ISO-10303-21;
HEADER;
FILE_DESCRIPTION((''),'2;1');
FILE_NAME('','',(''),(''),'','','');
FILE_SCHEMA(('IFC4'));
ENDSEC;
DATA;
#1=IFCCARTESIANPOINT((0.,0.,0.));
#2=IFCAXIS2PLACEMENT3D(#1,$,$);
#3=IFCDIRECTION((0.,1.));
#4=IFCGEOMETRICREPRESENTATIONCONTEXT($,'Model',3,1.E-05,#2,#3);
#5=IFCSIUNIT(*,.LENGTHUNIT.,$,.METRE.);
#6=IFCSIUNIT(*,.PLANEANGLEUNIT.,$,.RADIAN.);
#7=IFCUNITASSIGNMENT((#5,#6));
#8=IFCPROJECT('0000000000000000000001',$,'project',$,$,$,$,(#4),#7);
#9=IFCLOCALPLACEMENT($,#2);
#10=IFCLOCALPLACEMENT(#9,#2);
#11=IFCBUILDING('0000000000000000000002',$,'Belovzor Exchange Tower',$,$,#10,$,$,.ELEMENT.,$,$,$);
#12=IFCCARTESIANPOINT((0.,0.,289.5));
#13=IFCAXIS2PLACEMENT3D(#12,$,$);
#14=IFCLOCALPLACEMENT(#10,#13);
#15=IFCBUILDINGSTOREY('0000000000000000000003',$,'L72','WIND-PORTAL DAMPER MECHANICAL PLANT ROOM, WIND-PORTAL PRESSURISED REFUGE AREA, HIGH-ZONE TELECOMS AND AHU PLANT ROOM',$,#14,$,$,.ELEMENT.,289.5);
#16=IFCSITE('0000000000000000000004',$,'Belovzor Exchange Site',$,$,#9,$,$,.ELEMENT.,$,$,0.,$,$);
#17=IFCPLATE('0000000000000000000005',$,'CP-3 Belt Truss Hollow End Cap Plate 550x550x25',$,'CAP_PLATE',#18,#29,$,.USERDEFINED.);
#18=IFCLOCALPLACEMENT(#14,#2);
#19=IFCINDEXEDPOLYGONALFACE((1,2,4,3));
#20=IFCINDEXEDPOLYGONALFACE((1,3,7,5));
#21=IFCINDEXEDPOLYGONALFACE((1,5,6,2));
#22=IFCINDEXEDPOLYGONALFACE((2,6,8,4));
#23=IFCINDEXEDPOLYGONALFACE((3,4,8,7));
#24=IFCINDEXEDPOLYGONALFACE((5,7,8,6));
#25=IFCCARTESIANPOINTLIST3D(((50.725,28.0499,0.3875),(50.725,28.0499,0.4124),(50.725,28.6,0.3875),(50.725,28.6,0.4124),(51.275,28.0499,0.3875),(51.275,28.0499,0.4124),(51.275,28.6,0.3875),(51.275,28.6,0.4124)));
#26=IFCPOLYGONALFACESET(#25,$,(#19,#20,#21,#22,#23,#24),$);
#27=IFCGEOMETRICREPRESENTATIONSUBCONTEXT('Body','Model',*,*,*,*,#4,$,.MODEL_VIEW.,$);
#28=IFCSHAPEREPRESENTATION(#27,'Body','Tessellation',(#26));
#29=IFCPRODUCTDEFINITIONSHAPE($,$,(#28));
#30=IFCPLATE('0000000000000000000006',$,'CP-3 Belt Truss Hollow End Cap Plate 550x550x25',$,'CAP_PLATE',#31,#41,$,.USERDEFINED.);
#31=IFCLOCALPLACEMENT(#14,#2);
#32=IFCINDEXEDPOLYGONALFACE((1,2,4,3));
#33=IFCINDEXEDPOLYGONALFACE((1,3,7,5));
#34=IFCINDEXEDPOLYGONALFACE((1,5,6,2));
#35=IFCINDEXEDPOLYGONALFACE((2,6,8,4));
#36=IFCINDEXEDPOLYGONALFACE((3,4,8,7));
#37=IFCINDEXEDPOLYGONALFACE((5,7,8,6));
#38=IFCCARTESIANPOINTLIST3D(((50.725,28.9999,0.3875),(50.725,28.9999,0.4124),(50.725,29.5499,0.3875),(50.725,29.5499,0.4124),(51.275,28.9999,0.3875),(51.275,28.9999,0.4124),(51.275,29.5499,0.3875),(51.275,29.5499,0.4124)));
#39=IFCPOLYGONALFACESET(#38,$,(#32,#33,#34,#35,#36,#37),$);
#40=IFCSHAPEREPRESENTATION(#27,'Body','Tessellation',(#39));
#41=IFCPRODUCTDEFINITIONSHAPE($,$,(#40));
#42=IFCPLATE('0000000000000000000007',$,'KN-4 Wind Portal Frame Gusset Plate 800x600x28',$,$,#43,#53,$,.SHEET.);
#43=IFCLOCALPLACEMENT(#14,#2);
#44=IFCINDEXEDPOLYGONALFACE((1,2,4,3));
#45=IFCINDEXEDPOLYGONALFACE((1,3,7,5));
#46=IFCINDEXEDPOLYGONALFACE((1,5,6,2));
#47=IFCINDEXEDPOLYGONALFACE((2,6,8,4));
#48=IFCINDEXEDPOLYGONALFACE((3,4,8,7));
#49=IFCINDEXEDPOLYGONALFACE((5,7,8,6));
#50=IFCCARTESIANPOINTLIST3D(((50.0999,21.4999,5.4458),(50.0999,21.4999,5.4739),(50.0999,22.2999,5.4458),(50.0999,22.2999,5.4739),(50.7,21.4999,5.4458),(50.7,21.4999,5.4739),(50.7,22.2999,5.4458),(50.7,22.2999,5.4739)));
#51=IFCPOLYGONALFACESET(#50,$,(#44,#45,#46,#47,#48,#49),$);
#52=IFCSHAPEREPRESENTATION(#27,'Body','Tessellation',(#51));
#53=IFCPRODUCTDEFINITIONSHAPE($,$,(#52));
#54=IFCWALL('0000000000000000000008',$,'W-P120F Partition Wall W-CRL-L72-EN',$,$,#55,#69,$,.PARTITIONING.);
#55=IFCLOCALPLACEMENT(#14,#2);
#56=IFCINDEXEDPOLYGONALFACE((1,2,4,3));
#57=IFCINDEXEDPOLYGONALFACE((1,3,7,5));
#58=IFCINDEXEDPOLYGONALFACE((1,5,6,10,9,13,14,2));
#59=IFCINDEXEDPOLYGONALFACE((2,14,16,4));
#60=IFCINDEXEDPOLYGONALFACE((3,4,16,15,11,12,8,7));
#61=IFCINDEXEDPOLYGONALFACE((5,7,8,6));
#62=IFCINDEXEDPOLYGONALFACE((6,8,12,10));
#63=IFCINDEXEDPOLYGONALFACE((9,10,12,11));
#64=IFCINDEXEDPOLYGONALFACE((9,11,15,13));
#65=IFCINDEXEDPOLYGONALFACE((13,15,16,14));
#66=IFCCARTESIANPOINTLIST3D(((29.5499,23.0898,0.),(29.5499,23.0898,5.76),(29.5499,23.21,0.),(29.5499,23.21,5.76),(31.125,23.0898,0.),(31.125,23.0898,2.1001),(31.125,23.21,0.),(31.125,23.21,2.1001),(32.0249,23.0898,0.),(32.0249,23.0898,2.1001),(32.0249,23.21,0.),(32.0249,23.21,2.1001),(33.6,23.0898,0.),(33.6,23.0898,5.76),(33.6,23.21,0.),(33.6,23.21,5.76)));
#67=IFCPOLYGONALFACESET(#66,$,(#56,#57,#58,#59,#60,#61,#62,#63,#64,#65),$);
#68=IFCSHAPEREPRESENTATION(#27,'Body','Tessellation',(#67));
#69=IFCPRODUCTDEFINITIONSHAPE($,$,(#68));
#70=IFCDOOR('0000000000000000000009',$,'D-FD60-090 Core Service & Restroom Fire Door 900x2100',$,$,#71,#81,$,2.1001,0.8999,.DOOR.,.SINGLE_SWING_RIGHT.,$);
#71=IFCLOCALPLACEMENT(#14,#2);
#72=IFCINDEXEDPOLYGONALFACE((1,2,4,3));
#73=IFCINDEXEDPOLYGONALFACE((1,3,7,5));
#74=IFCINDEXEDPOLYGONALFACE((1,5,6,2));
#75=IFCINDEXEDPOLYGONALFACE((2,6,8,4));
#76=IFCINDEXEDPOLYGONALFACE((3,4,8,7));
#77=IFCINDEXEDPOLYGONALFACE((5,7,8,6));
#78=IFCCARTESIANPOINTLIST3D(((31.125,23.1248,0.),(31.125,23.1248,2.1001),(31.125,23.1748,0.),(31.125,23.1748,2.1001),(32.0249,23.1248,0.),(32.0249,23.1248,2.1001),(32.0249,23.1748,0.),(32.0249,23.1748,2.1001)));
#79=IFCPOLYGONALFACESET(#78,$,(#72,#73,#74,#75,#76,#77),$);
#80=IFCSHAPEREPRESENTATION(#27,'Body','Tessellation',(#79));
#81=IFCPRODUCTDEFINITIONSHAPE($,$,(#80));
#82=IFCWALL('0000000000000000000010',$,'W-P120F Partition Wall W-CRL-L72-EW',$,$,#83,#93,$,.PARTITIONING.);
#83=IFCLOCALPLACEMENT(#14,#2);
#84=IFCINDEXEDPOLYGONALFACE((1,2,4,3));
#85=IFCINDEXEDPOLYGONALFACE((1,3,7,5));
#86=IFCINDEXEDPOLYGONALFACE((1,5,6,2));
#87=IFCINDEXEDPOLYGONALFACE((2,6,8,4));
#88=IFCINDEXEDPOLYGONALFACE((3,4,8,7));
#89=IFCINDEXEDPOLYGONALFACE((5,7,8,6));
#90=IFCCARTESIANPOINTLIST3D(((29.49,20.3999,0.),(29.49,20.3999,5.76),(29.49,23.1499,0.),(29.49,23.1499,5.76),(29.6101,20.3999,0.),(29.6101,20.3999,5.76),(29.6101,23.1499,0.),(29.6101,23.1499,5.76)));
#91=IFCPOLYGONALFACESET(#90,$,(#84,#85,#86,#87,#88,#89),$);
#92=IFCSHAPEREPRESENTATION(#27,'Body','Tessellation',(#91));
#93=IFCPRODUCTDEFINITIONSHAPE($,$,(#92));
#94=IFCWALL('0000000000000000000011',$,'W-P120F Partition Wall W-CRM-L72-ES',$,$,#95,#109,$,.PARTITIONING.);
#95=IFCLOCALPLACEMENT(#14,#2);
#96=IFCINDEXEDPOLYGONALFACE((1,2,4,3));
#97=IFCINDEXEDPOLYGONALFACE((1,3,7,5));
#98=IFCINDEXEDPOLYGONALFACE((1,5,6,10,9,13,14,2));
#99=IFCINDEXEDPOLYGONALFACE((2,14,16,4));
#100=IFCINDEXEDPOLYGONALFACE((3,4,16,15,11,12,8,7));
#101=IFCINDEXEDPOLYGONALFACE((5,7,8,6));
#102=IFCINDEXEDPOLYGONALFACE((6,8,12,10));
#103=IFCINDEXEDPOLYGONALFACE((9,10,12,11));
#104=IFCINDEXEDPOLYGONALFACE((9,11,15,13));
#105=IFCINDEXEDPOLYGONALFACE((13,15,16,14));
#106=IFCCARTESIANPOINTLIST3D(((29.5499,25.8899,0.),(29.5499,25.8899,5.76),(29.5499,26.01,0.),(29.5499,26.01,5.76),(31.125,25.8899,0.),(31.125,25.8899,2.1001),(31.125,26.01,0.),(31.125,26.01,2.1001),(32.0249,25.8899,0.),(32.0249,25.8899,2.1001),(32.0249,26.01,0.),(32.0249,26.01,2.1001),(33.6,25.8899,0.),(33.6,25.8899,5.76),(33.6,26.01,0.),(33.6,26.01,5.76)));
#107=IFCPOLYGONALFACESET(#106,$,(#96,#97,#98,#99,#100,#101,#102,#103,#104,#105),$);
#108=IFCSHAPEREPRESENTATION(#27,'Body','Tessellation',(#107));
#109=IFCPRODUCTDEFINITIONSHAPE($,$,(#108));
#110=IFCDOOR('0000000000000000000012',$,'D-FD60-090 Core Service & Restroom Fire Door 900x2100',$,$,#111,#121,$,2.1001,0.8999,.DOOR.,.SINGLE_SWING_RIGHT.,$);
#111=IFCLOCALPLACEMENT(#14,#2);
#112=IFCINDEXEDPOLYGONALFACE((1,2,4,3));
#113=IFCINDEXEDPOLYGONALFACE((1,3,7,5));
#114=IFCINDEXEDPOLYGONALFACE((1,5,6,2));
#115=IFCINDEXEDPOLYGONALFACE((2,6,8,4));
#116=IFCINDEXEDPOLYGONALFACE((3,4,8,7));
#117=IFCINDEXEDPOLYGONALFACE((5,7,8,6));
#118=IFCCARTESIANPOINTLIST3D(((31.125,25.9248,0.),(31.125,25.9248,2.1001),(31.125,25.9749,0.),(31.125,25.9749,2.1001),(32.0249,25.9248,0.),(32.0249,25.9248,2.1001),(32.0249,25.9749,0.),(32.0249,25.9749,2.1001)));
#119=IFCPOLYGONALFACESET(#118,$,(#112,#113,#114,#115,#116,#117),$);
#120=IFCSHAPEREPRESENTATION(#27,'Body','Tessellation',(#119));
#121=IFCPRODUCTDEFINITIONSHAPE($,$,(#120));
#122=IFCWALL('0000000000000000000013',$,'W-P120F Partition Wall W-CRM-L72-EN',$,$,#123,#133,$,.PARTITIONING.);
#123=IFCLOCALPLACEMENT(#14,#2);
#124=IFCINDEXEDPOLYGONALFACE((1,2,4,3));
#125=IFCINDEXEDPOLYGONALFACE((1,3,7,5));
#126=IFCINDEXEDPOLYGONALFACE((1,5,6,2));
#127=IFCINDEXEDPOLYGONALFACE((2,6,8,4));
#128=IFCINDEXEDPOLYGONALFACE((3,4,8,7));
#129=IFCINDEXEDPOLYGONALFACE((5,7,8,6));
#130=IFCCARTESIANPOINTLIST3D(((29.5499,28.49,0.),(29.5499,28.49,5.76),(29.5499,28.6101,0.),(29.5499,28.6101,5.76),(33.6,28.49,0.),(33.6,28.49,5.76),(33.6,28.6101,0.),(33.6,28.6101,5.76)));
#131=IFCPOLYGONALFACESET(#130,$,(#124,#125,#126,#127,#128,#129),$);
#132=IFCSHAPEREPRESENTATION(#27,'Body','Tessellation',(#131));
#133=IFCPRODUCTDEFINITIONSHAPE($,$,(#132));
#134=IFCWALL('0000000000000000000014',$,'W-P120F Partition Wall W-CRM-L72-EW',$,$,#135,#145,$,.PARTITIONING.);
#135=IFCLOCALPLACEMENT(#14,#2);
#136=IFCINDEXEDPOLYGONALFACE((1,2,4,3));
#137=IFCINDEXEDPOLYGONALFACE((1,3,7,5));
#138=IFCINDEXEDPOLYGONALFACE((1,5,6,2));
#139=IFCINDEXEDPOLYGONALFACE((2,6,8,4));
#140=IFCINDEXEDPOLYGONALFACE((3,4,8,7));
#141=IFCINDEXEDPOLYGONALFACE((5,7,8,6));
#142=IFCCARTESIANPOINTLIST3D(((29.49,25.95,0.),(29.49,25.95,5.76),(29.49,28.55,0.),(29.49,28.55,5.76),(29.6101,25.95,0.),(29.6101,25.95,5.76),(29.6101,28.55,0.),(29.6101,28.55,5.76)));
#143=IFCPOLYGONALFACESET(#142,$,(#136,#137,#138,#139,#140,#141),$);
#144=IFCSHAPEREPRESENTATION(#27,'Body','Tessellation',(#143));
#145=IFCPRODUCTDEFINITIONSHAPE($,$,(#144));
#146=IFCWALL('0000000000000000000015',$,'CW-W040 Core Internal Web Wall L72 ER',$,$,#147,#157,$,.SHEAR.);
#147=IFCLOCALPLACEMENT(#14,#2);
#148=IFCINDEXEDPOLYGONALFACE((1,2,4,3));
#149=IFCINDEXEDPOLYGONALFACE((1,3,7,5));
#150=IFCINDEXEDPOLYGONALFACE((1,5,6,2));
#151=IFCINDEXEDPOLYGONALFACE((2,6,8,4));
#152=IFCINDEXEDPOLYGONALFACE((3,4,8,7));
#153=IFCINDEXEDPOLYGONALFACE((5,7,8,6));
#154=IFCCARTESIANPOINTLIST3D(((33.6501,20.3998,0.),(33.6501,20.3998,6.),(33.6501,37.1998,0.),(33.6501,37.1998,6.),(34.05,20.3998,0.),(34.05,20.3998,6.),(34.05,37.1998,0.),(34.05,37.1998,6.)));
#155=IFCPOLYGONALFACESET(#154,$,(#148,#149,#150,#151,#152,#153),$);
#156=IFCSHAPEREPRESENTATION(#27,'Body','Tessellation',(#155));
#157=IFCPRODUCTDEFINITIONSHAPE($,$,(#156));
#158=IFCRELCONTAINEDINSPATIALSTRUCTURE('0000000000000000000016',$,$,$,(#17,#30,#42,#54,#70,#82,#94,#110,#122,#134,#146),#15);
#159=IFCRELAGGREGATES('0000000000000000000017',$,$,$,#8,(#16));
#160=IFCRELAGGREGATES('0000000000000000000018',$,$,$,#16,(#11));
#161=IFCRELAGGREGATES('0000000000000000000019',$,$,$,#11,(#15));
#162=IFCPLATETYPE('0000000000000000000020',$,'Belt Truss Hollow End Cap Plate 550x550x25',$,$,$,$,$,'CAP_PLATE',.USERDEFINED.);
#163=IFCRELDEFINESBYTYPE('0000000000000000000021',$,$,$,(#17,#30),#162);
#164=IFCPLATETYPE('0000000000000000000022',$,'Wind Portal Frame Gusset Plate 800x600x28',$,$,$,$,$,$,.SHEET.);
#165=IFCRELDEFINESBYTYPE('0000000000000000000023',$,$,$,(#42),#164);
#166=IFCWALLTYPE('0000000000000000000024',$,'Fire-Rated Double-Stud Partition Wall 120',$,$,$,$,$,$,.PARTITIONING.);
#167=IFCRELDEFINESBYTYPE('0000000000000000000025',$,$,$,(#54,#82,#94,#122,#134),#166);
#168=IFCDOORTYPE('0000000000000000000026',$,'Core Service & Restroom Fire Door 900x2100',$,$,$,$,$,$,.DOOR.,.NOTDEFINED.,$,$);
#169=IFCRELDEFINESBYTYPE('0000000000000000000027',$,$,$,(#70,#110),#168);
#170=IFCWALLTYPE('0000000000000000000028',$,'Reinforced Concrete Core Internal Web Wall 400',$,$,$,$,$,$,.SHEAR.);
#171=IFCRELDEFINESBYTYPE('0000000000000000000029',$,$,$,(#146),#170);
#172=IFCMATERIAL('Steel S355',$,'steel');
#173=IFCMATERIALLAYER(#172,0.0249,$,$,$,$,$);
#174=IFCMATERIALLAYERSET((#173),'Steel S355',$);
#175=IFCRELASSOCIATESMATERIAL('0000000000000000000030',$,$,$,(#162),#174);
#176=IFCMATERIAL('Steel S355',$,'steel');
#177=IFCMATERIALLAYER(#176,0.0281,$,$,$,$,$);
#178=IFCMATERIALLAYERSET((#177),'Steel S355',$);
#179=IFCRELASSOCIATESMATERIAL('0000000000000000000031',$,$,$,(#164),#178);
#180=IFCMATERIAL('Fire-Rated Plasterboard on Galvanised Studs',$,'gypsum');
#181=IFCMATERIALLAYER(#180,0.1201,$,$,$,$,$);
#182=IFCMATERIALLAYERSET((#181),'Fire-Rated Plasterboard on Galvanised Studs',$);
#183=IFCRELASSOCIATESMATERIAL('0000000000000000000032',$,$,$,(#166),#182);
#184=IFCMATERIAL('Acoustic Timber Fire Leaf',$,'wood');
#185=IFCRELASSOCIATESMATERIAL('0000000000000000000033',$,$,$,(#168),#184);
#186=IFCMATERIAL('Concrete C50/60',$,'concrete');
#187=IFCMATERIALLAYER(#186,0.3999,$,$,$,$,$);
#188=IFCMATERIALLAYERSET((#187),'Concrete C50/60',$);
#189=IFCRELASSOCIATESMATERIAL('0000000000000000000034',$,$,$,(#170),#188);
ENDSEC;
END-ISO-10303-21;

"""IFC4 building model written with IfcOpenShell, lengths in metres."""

from ifc_helpers import new_model, si_unit, direction, frame, frame_2d, origin, origin_2d, place, context, subcontext, project, spatial, rectangle, extrude, material, layer, layer_set, type_object, element, fill, save


model = new_model("IFC4")

# Units and contexts
model_context = context("Model", 3, precision=1e-05, world=origin(), true_north=direction((0.0, 1.0)))
body_context = subcontext(model_context, "Body", "Model", "MODEL_VIEW")
ifc_project = project(units=[si_unit("LENGTHUNIT", "METRE"), si_unit("PLANEANGLEUNIT", "RADIAN")], contexts=[model_context])

# Site, building, storey
site_placement = place(None, origin())
site = spatial("IfcSite", under=ifc_project, at=site_placement, Name="Belovzor Exchange Site", CompositionType="ELEMENT", RefElevation=0.0)
building_placement = place(site_placement, origin())
building = spatial("IfcBuilding", under=site, at=building_placement, Name="Belovzor Exchange Tower", CompositionType="ELEMENT")
storey_placement = place(building_placement, frame((0.0, 0.0, 289.5)))
storey = spatial("IfcBuildingStorey", under=building, at=storey_placement, Name="L72", Description="WIND-PORTAL DAMPER MECHANICAL PLANT ROOM, WIND-PORTAL PRESSURISED REFUGE AREA, HIGH-ZONE TELECOMS AND AHU PLANT ROOM", CompositionType="ELEMENT", Elevation=289.5)

# Plates
ifc_material_1 = material(Name="Steel S355", Category="steel")
ifc_layer_1 = layer(ifc_material_1, 0.0249)
ifc_layer_set_1 = layer_set([ifc_layer_1], Name="Steel S355")
plate_type_1 = type_object("IfcPlateType", Name="Belt Truss Hollow End Cap Plate 550x550x25", ElementType="CAP_PLATE", PredefinedType="USERDEFINED", material=ifc_layer_set_1)
for number, where, z_axis, x_axis, name in (
    (1, (51.0, 28.325, 0.3875), (0.0, 0.0, 1.0), (0.0, 1.0, 0.0), "CP-3 Belt Truss Hollow End Cap Plate 550x550x25"),
    (2, (51.0, 29.2749, 0.3875), (0.0, 0.0, 1.0), (0.0, 1.0, 0.0), "CP-3 Belt Truss Hollow End Cap Plate 550x550x25"),
):
    element("IfcPlate", number, at=place(storey_placement, frame(where, z_axis=z_axis, x_axis=x_axis)), inside=storey, type_object=plate_type_1, Name=name, ObjectType="CAP_PLATE", PredefinedType="USERDEFINED", context=body_context, shape_type="SweptSolid", body=[
        extrude(rectangle(XDim=0.55, YDim=0.55, at=origin_2d()), origin(), (0.0, 0.0, 1.0), 0.0249),
    ])
ifc_material_2 = material(Name="Steel S355", Category="steel")
ifc_layer_2 = layer(ifc_material_2, 0.0281)
ifc_layer_set_2 = layer_set([ifc_layer_2], Name="Steel S355")
plate_type_2 = type_object("IfcPlateType", Name="Wind Portal Frame Gusset Plate 800x600x28", PredefinedType="SHEET", material=ifc_layer_set_2)
plate_placement = place(storey_placement, frame((50.3999, 21.8999, 5.4458), z_axis=(0.0, 0.0, 1.0), x_axis=(0.0, 1.0, 0.0)))
element("IfcPlate", 3, at=plate_placement, inside=storey, type_object=plate_type_2, Name="KN-4 Wind Portal Frame Gusset Plate 800x600x28", PredefinedType="SHEET", context=body_context, shape_type="SweptSolid", body=[
    extrude(rectangle(XDim=0.8, YDim=0.6001, at=origin_2d()), origin(), (0.0, 0.0, 1.0), 0.0281),
])

# Wall, opening, door
ifc_material_3 = material(Name="Fire-Rated Plasterboard on Galvanised Studs", Category="gypsum")
ifc_layer_3 = layer(ifc_material_3, 0.1201)
ifc_layer_set_3 = layer_set([ifc_layer_3], Name="Fire-Rated Plasterboard on Galvanised Studs")
wall_type_1 = type_object("IfcWallType", Name="Fire-Rated Double-Stud Partition Wall 120", PredefinedType="PARTITIONING", material=ifc_layer_set_3)
wall_1_placement = place(storey_placement, frame((29.55, 23.1499, 0.0), z_axis=(0.0, 0.0, 1.0), x_axis=(1.0, 0.0, 0.0)))
wall_1 = element("IfcWall", 4, at=wall_1_placement, inside=storey, type_object=wall_type_1, Name="W-P120F Partition Wall W-CRL-L72-EN", PredefinedType="PARTITIONING", context=body_context, shape_type="SweptSolid", body=[
    extrude(rectangle(XDim=4.05, YDim=0.1201, at=frame_2d((2.0249, 0.0))), origin(), (0.0, 0.0, 1.0), 5.76),
])
opening_1_placement = place(wall_1_placement, frame((1.575, 0.0, 0.0)))
opening_1 = element("IfcOpeningElement", 5, at=opening_1_placement, cuts=wall_1, PredefinedType="OPENING", context=body_context, shape_type="SweptSolid", body=[
    extrude(rectangle(XDim=0.8999, YDim=2.1001, at=frame_2d((0.45, 1.05))), frame((0.0, 0.0701, 0.0), z_axis=(0.0, -1.0, 0.0), x_axis=(1.0, 0.0, 0.0)), (0.0, 0.0, 1.0), 0.1401),
])
ifc_material_4 = material(Name="Acoustic Timber Fire Leaf", Category="wood")
door_type_1 = type_object("IfcDoorType", Name="Core Service & Restroom Fire Door 900x2100", OperationType="NOTDEFINED", PredefinedType="DOOR", material=ifc_material_4)
door_1_placement = place(opening_1_placement, origin())
door_1 = element("IfcDoor", 6, at=door_1_placement, inside=storey, type_object=door_type_1, Name="D-FD60-090 Core Service & Restroom Fire Door 900x2100", OperationType="SINGLE_SWING_RIGHT", OverallHeight=2.1001, OverallWidth=0.8999, PredefinedType="DOOR", context=body_context, shape_type="SweptSolid", body=[
    extrude(rectangle(XDim=0.8999, YDim=2.1001, at=frame_2d((0.45, 1.05))), frame((0.0, 0.0249, 0.0), z_axis=(0.0, -1.0, 0.0), x_axis=(1.0, 0.0, 0.0)), (0.0, 0.0, 1.0), 0.05),
])
fill(opening_1, door_1)

# Wall
wall_2_placement = place(storey_placement, frame((29.55, 20.3999, 0.0), z_axis=(0.0, 0.0, 1.0), x_axis=(0.0, 1.0, 0.0)))
element("IfcWall", 7, at=wall_2_placement, inside=storey, type_object=wall_type_1, Name="W-P120F Partition Wall W-CRL-L72-EW", PredefinedType="PARTITIONING", context=body_context, shape_type="SweptSolid", body=[
    extrude(rectangle(XDim=2.75, YDim=0.1201, at=frame_2d((1.375, 0.0))), origin(), (0.0, 0.0, 1.0), 5.76),
])

# Wall, opening, door
wall_3_placement = place(storey_placement, frame((29.55, 25.95, 0.0), z_axis=(0.0, 0.0, 1.0), x_axis=(1.0, 0.0, 0.0)))
wall_3 = element("IfcWall", 8, at=wall_3_placement, inside=storey, type_object=wall_type_1, Name="W-P120F Partition Wall W-CRM-L72-ES", PredefinedType="PARTITIONING", context=body_context, shape_type="SweptSolid", body=[
    extrude(rectangle(XDim=4.05, YDim=0.1201, at=frame_2d((2.0249, 0.0))), origin(), (0.0, 0.0, 1.0), 5.76),
])
opening_2_placement = place(wall_3_placement, frame((1.575, 0.0, 0.0)))
opening_2 = element("IfcOpeningElement", 9, at=opening_2_placement, cuts=wall_3, PredefinedType="OPENING", context=body_context, shape_type="SweptSolid", body=[
    extrude(rectangle(XDim=0.8999, YDim=2.1001, at=frame_2d((0.45, 1.05))), frame((0.0, 0.0701, 0.0), z_axis=(0.0, -1.0, 0.0), x_axis=(1.0, 0.0, 0.0)), (0.0, 0.0, 1.0), 0.1401),
])
door_2_placement = place(opening_2_placement, origin())
door_2 = element("IfcDoor", 10, at=door_2_placement, inside=storey, type_object=door_type_1, Name="D-FD60-090 Core Service & Restroom Fire Door 900x2100", OperationType="SINGLE_SWING_RIGHT", OverallHeight=2.1001, OverallWidth=0.8999, PredefinedType="DOOR", context=body_context, shape_type="SweptSolid", body=[
    extrude(rectangle(XDim=0.8999, YDim=2.1001, at=frame_2d((0.45, 1.05))), frame((0.0, 0.0249, 0.0), z_axis=(0.0, -1.0, 0.0), x_axis=(1.0, 0.0, 0.0)), (0.0, 0.0, 1.0), 0.05),
])
fill(opening_2, door_2)

# Walls
wall_4_placement = place(storey_placement, frame((29.55, 28.55, 0.0), z_axis=(0.0, 0.0, 1.0), x_axis=(1.0, 0.0, 0.0)))
element("IfcWall", 11, at=wall_4_placement, inside=storey, type_object=wall_type_1, Name="W-P120F Partition Wall W-CRM-L72-EN", PredefinedType="PARTITIONING", context=body_context, shape_type="SweptSolid", body=[
    extrude(rectangle(XDim=4.05, YDim=0.1201, at=frame_2d((2.0249, 0.0))), origin(), (0.0, 0.0, 1.0), 5.76),
])
wall_5_placement = place(storey_placement, frame((29.55, 25.95, 0.0), z_axis=(0.0, 0.0, 1.0), x_axis=(0.0, 1.0, 0.0)))
element("IfcWall", 12, at=wall_5_placement, inside=storey, type_object=wall_type_1, Name="W-P120F Partition Wall W-CRM-L72-EW", PredefinedType="PARTITIONING", context=body_context, shape_type="SweptSolid", body=[
    extrude(rectangle(XDim=2.6001, YDim=0.1201, at=frame_2d((1.3, 0.0))), origin(), (0.0, 0.0, 1.0), 5.76),
])
ifc_material_5 = material(Name="Concrete C50/60", Category="concrete")
ifc_layer_4 = layer(ifc_material_5, 0.3999)
ifc_layer_set_4 = layer_set([ifc_layer_4], Name="Concrete C50/60")
wall_type_2 = type_object("IfcWallType", Name="Reinforced Concrete Core Internal Web Wall 400", PredefinedType="SHEAR", material=ifc_layer_set_4)
wall_6_placement = place(storey_placement, frame((33.8501, 20.3999, 0.0), z_axis=(0.0, 0.0, 1.0), x_axis=(0.0, 1.0, 0.0)))
element("IfcWall", 13, at=wall_6_placement, inside=storey, type_object=wall_type_2, Name="CW-W040 Core Internal Web Wall L72 ER", PredefinedType="SHEAR", context=body_context, shape_type="SweptSolid", body=[
    extrude(rectangle(XDim=16.8, YDim=0.3999, at=frame_2d((8.3999, 0.0))), origin(), (0.0, 0.0, 1.0), 6.0),
])

save(model, "model.ifc")
